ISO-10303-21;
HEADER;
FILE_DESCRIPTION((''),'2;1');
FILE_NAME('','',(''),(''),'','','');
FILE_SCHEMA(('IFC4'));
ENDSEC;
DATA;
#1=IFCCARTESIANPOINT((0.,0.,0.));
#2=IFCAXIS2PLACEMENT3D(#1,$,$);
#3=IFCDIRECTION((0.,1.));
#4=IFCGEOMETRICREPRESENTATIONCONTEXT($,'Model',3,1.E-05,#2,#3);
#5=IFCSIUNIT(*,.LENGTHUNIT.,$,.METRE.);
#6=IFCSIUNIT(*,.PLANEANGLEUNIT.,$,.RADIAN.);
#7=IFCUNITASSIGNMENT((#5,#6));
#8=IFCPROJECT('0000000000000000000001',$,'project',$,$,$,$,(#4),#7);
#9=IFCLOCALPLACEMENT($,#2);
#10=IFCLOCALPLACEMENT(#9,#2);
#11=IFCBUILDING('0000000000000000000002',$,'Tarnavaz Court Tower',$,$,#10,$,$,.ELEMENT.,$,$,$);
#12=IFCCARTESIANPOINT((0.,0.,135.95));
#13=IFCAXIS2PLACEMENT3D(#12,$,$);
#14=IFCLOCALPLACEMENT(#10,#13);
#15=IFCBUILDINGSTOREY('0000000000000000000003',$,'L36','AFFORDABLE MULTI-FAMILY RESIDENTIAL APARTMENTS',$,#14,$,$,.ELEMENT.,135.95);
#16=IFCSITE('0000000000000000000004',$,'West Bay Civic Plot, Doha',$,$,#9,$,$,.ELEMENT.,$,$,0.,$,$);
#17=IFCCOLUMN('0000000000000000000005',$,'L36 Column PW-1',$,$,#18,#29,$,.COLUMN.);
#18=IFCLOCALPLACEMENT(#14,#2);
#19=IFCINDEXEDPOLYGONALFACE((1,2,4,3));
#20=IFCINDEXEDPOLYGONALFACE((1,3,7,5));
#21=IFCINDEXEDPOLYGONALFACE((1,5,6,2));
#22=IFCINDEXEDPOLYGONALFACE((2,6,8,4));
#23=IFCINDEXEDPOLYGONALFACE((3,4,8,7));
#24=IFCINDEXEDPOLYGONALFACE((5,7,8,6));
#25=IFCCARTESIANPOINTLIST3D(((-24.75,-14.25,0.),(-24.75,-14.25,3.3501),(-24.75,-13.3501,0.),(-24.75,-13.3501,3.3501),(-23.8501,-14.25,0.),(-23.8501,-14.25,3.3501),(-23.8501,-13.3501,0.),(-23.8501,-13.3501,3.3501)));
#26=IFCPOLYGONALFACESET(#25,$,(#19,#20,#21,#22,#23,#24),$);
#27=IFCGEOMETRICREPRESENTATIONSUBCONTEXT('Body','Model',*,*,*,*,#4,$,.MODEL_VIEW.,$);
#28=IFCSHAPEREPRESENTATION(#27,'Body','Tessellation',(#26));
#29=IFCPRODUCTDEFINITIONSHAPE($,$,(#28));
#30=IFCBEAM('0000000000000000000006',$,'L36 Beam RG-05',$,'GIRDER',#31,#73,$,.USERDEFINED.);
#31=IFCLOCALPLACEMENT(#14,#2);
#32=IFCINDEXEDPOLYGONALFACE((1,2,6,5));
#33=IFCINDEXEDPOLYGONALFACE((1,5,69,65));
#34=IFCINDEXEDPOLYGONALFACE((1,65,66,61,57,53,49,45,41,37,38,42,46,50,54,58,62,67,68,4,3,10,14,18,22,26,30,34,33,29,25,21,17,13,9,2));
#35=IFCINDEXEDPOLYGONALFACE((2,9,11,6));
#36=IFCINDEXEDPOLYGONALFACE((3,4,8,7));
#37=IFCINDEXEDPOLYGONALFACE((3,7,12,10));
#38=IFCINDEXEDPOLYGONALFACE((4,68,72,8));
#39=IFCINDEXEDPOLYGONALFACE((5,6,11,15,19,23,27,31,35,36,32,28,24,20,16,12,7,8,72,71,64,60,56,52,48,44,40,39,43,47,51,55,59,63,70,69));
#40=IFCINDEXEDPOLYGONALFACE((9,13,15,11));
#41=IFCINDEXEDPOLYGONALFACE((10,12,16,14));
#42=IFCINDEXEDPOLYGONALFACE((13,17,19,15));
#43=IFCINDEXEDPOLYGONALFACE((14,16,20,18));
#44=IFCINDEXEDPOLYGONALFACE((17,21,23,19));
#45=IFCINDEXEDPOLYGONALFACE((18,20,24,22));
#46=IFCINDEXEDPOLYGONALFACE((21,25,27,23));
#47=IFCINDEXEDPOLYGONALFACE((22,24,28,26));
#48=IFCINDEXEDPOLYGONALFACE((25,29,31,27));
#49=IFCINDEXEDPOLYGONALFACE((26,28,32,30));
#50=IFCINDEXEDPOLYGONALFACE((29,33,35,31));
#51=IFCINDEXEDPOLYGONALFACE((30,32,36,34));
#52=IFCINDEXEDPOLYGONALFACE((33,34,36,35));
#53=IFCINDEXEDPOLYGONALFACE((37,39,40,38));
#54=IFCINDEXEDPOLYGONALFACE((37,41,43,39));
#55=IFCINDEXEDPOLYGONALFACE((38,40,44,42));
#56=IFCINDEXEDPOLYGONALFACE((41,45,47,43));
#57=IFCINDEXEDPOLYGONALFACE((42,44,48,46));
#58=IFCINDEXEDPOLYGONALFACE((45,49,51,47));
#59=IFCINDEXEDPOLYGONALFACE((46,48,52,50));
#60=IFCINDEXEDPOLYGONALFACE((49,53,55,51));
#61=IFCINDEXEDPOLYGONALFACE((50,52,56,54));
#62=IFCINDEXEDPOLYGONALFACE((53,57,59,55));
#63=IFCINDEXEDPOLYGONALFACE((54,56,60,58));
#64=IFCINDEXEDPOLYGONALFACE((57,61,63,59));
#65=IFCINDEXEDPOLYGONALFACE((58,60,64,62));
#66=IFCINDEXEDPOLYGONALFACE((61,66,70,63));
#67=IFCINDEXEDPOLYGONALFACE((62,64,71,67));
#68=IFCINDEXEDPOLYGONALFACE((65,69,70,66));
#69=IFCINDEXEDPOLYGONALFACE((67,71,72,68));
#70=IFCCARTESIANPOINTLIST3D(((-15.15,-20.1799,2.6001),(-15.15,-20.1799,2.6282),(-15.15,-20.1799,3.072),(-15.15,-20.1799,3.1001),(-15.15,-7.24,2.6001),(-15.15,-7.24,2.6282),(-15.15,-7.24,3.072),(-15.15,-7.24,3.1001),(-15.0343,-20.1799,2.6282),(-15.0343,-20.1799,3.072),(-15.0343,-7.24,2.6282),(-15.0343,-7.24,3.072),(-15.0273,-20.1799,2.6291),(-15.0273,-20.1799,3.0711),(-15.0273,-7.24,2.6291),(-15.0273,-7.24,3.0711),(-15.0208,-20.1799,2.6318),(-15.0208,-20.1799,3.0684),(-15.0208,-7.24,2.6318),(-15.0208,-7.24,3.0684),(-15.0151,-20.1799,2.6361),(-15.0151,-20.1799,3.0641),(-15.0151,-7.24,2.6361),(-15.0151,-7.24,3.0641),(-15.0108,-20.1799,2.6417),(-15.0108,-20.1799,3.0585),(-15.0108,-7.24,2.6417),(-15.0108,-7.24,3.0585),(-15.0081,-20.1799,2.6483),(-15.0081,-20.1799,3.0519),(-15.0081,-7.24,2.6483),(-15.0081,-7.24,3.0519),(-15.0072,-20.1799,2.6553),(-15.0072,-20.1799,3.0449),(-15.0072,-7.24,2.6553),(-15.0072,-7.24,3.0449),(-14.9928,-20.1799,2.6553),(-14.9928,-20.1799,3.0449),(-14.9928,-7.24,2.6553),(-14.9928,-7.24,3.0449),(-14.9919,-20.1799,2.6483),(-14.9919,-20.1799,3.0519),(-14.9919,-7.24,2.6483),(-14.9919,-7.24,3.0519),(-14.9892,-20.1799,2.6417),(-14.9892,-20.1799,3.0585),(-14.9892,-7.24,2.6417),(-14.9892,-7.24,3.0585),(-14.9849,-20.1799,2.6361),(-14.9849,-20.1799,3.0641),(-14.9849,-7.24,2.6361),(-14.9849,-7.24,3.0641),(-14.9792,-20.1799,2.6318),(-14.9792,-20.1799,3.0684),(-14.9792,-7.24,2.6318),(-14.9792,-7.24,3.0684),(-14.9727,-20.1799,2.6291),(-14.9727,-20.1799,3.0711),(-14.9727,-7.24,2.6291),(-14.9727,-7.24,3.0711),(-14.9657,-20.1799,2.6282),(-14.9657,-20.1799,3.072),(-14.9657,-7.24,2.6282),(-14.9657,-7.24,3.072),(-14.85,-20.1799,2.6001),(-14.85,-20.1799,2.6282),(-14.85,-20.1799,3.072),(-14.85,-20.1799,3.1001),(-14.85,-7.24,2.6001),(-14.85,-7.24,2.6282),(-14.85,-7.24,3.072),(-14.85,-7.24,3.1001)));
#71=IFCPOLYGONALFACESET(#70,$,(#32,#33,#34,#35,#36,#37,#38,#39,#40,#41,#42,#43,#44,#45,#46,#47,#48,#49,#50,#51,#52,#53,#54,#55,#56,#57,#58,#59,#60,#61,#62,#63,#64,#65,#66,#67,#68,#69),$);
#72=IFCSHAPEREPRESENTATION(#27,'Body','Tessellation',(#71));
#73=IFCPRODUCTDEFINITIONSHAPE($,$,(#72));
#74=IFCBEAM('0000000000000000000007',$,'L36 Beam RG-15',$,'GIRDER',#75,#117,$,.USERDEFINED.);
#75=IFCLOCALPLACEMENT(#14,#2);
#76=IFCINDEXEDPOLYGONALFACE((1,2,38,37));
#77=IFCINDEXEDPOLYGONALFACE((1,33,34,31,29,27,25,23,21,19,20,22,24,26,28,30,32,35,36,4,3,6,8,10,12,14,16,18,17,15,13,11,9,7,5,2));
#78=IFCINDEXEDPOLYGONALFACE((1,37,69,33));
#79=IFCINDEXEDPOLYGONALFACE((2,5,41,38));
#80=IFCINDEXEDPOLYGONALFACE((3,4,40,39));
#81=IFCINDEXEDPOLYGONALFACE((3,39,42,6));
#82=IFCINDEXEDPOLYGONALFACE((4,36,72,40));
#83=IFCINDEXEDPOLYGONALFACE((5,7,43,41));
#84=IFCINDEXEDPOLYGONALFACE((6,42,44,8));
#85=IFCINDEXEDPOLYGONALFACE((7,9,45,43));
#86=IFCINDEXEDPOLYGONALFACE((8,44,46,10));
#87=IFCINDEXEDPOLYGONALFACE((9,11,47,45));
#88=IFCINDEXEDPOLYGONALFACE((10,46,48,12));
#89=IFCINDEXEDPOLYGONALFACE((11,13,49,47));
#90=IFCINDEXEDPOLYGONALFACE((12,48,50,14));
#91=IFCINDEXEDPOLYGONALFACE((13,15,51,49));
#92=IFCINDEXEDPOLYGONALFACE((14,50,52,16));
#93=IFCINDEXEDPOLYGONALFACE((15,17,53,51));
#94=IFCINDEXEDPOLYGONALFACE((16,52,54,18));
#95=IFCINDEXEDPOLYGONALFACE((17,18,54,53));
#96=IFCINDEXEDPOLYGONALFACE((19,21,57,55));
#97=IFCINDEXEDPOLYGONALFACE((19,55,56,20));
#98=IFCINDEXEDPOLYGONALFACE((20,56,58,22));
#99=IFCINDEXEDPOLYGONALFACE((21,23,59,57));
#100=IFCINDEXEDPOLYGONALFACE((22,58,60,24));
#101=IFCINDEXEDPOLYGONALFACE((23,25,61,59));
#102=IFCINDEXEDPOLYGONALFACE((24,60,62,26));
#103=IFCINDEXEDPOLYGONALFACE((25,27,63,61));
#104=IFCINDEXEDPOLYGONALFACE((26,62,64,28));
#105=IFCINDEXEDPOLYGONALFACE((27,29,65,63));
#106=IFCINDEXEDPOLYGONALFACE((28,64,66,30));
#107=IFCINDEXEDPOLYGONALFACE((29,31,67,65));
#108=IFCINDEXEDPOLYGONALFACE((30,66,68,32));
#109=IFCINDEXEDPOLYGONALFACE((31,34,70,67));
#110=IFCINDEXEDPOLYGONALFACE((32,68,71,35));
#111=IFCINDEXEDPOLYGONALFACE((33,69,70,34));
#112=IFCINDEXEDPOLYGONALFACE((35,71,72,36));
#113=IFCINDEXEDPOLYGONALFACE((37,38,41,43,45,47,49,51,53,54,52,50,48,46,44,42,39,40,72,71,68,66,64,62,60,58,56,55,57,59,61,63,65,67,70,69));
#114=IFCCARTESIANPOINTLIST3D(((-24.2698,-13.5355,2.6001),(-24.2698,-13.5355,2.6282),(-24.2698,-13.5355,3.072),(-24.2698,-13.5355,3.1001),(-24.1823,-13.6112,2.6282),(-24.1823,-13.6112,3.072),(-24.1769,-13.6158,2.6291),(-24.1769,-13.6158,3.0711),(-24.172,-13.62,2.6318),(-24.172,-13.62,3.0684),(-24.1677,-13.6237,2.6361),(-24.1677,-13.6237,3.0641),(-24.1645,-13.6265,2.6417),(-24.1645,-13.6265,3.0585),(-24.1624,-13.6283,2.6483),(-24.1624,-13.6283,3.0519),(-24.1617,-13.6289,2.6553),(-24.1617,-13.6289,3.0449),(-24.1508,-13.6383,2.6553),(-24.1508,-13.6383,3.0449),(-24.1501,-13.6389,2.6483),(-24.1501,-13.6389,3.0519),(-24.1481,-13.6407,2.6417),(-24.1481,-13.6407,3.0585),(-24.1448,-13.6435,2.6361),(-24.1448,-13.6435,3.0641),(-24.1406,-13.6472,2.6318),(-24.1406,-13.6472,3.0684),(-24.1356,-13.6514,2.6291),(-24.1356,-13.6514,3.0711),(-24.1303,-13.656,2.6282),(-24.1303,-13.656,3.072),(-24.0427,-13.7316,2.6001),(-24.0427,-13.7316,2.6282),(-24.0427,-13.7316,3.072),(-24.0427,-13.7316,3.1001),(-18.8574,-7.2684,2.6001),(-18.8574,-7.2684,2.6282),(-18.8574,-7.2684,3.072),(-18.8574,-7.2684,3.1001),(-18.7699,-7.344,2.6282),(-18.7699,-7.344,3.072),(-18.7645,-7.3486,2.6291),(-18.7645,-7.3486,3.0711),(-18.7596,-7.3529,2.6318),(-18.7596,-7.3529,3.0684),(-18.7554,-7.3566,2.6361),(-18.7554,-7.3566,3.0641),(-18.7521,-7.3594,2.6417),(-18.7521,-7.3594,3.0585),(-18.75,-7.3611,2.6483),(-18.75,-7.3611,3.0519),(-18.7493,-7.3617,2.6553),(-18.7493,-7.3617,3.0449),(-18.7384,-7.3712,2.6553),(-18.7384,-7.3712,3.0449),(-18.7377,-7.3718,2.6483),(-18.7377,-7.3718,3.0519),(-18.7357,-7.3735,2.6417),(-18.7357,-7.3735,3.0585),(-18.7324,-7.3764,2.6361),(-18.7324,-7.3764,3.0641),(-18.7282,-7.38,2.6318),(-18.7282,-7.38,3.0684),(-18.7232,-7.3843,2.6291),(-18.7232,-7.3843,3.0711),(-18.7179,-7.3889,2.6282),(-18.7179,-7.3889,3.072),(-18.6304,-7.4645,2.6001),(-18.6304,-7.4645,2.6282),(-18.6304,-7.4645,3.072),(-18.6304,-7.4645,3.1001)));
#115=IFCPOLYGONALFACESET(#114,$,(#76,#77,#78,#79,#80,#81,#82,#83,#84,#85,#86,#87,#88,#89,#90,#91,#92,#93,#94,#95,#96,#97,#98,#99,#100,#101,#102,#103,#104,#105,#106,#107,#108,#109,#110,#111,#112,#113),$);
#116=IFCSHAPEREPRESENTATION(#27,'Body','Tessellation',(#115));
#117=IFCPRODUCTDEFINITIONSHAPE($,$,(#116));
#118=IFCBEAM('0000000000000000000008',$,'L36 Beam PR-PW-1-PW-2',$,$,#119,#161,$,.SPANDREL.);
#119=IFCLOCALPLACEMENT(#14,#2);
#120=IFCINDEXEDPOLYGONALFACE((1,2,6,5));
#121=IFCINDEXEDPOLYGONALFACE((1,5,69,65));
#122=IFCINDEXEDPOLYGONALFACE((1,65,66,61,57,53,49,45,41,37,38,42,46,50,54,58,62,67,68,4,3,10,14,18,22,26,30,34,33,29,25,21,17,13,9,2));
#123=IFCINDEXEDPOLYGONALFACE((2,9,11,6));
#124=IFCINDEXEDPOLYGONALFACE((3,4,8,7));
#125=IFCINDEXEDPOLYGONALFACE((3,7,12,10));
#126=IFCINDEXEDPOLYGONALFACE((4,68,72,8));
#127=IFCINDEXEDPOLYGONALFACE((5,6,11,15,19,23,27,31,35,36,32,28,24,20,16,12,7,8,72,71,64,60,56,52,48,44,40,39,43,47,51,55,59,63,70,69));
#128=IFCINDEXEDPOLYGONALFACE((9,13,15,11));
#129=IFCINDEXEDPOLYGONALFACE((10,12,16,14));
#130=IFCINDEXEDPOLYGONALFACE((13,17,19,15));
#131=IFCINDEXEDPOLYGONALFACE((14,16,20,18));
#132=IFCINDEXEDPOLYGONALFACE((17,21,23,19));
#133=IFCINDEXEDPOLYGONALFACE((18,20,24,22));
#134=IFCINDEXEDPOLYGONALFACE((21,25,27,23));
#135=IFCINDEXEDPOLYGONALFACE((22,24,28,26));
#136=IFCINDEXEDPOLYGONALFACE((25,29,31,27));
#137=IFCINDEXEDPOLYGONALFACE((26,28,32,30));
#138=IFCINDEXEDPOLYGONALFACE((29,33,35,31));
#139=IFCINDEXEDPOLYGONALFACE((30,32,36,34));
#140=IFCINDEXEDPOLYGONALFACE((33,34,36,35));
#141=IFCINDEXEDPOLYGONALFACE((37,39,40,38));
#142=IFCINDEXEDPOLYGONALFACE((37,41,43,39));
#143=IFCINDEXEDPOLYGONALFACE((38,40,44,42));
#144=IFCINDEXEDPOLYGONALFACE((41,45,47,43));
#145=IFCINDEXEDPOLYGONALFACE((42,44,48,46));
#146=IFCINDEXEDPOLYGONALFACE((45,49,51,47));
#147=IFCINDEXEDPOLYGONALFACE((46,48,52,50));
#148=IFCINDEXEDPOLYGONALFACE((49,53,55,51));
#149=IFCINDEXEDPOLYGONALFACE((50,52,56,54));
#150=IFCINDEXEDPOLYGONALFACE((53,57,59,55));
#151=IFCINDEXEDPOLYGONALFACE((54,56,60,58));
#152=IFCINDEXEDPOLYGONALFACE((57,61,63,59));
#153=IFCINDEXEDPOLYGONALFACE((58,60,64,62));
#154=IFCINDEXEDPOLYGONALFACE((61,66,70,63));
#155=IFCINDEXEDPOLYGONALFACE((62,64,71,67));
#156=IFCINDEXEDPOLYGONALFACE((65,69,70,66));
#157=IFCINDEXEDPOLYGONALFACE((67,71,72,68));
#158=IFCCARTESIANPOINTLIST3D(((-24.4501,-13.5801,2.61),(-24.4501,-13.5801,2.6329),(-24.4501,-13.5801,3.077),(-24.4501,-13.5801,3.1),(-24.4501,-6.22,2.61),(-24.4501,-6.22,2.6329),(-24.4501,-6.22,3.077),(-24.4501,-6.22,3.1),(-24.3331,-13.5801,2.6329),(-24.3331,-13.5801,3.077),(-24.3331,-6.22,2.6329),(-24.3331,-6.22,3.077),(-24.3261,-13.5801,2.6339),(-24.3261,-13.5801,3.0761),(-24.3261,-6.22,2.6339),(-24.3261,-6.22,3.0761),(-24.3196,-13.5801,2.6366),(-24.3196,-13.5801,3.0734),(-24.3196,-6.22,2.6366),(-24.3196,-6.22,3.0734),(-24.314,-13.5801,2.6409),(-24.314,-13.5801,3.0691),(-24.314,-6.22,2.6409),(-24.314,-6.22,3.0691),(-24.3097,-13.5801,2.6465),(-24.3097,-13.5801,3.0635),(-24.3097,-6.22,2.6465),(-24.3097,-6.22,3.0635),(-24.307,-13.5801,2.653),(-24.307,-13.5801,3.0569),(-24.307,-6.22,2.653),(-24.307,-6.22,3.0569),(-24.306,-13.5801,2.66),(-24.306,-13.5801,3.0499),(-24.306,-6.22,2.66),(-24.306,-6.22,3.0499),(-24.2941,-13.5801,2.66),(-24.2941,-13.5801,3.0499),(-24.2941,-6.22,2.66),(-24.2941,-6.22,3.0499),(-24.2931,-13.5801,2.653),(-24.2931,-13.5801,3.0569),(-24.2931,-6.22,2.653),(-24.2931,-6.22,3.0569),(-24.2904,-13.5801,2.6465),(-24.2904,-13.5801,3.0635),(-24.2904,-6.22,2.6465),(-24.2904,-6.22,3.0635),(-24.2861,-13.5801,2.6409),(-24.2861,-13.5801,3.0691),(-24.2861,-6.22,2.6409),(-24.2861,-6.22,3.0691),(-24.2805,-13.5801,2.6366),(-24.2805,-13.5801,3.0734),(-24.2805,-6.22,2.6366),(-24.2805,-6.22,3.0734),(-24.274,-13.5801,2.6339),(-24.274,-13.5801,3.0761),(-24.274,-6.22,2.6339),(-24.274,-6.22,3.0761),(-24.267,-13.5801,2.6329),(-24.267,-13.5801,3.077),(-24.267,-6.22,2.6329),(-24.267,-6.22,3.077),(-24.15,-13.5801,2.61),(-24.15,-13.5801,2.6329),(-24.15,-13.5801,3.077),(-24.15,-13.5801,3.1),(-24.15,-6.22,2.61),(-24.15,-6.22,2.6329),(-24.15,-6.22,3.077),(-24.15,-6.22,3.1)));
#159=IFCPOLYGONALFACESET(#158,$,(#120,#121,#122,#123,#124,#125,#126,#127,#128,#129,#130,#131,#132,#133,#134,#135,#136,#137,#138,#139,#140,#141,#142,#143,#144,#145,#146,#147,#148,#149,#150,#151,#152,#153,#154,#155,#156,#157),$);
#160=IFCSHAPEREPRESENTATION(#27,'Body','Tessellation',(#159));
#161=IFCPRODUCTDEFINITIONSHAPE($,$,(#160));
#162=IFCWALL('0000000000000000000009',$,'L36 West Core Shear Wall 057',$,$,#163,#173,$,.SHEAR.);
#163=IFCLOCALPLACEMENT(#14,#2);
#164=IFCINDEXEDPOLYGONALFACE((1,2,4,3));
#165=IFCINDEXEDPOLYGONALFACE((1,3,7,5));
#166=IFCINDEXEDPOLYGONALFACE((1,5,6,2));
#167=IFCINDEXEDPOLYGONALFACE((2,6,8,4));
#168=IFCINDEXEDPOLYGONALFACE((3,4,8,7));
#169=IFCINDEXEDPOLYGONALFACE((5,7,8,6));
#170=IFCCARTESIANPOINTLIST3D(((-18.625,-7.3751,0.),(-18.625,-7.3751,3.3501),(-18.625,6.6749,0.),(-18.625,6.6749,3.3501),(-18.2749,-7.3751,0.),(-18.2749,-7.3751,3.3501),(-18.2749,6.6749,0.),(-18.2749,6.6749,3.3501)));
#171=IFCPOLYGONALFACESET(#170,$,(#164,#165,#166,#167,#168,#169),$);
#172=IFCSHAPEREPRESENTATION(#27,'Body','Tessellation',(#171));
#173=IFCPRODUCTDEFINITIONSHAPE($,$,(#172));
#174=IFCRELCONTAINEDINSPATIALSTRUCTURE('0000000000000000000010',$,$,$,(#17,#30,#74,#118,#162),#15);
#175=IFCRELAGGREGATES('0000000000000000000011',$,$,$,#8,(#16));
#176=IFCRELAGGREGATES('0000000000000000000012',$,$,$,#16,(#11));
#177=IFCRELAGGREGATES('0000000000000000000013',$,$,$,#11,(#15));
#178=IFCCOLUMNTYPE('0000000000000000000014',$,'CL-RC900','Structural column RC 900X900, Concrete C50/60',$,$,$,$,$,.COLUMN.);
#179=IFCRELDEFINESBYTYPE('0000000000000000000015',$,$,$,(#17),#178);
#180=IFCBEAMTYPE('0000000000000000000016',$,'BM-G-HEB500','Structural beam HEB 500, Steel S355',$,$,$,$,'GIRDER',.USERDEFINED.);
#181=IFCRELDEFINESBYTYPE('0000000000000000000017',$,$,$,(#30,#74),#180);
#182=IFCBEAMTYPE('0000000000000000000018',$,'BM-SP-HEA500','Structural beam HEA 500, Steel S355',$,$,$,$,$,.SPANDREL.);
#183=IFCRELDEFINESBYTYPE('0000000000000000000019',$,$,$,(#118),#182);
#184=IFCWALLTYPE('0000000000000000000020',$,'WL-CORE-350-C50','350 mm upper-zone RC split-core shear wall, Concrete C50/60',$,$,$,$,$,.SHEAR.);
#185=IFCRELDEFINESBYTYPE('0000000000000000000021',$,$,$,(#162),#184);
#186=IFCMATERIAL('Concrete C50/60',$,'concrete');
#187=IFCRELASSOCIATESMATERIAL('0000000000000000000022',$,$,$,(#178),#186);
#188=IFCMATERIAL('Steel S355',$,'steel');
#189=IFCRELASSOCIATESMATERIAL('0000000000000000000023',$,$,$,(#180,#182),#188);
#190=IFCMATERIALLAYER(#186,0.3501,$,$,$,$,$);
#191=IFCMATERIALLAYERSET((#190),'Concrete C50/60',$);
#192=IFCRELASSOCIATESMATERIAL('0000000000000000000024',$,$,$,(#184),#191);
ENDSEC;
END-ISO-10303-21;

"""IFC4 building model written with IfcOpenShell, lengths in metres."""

from ifc_helpers import new_model, si_unit, direction, frame, frame_2d, origin, origin_2d, place, context, subcontext, project, spatial, rectangle, i_section, extrude, material, layer, layer_set, material_profile, profile_set, type_object, element, save


model = new_model("IFC4")

# Units and contexts
model_context = context("Model", 3, precision=1e-05, world=origin(), true_north=direction((0.0, 1.0)))
body_context = subcontext(model_context, "Body", "Model", "MODEL_VIEW")
ifc_project = project(units=[si_unit("LENGTHUNIT", "METRE"), si_unit("PLANEANGLEUNIT", "RADIAN")], contexts=[model_context])

# Site, building, storey
site_placement = place(None, origin())
site = spatial("IfcSite", under=ifc_project, at=site_placement, Name="West Bay Civic Plot, Doha", CompositionType="ELEMENT", RefElevation=0.0)
building_placement = place(site_placement, origin())
building = spatial("IfcBuilding", under=site, at=building_placement, Name="Tarnavaz Court Tower", CompositionType="ELEMENT")
storey_placement = place(building_placement, frame((0.0, 0.0, 135.95)))
storey = spatial("IfcBuildingStorey", under=building, at=storey_placement, Name="L36", Description="AFFORDABLE MULTI-FAMILY RESIDENTIAL APARTMENTS", CompositionType="ELEMENT", Elevation=135.95)

# Column
ifc_material_1 = material(Name="Concrete C50/60", Category="concrete")
ifc_material_profile_1 = material_profile(ifc_material_1, rectangle(XDim=0.8999, YDim=0.8999, at=origin_2d()), Name="RC 900X900")
ifc_profile_set_1 = profile_set([ifc_material_profile_1], Name="Concrete C50/60")
column_type = type_object("IfcColumnType", Name="CL-RC900", Description="Structural column RC 900X900, Concrete C50/60", PredefinedType="COLUMN", material=ifc_profile_set_1)
column_placement = place(storey_placement, frame((-24.3, -13.8, 0.0), z_axis=(0.0, 0.0, 1.0), x_axis=(1.0, 0.0, 0.0)))
element("IfcColumn", 1, at=column_placement, inside=storey, type_object=column_type, Name="L36 Column PW-1", PredefinedType="COLUMN", context=body_context, shape_type="SweptSolid", body=[
    extrude(rectangle(XDim=0.8999, YDim=0.8999, at=origin_2d()), origin(), (0.0, 0.0, 1.0), 3.3501),
])

# Beams
ifc_material_2 = material(Name="Steel S355", Category="steel")
ifc_material_profile_2 = material_profile(ifc_material_2, i_section(OverallWidth=0.3, OverallDepth=0.5, WebThickness=0.0144, FlangeThickness=0.0281, FilletRadius=0.0271, at=origin_2d()), Name="HEB 500")
ifc_profile_set_2 = profile_set([ifc_material_profile_2], Name="Steel S355")
beam_type_1 = type_object("IfcBeamType", Name="BM-G-HEB500", Description="Structural beam HEB 500, Steel S355", ElementType="GIRDER", PredefinedType="USERDEFINED", material=ifc_profile_set_2)
beam_1_placement = place(storey_placement, frame((-15.0, -7.24, 2.8501), z_axis=(0.0, -1.0, 0.0), x_axis=(1.0, 0.0, 0.0)))
element("IfcBeam", 2, at=beam_1_placement, inside=storey, type_object=beam_type_1, Name="L36 Beam RG-05", ObjectType="GIRDER", PredefinedType="USERDEFINED", context=body_context, shape_type="SweptSolid", body=[
    extrude(i_section(OverallWidth=0.3, OverallDepth=0.5, WebThickness=0.0144, FlangeThickness=0.0281, FilletRadius=0.0271, at=origin_2d()), origin(), (0.0, 0.0, 1.0), 12.9399),
])
beam_2_placement = place(storey_placement, frame((-18.7439, -7.3665, 2.8501), z_axis=(-0.653611, -0.756831, 0.0), x_axis=(0.756831, -0.653611, 0.0)))
element("IfcBeam", 3, at=beam_2_placement, inside=storey, type_object=beam_type_1, Name="L36 Beam RG-15", ObjectType="GIRDER", PredefinedType="USERDEFINED", context=body_context, shape_type="SweptSolid", body=[
    extrude(i_section(OverallWidth=0.3, OverallDepth=0.5, WebThickness=0.0144, FlangeThickness=0.0281, FilletRadius=0.0271, at=origin_2d()), origin(), (0.0, 0.0, 1.0), 8.2808),
])
ifc_material_profile_3 = material_profile(ifc_material_2, i_section(OverallWidth=0.3, OverallDepth=0.49, WebThickness=0.012, FlangeThickness=0.0229, FilletRadius=0.0271, at=origin_2d()), Name="HEA 500")
ifc_profile_set_3 = profile_set([ifc_material_profile_3], Name="Steel S355")
beam_type_2 = type_object("IfcBeamType", Name="BM-SP-HEA500", Description="Structural beam HEA 500, Steel S355", PredefinedType="SPANDREL", material=ifc_profile_set_3)
beam_3_placement = place(storey_placement, frame((-24.3, -13.5801, 2.855), z_axis=(0.0, 1.0, 0.0), x_axis=(-1.0, 0.0, 0.0)))
element("IfcBeam", 4, at=beam_3_placement, inside=storey, type_object=beam_type_2, Name="L36 Beam PR-PW-1-PW-2", PredefinedType="SPANDREL", context=body_context, shape_type="SweptSolid", body=[
    extrude(i_section(OverallWidth=0.3, OverallDepth=0.49, WebThickness=0.012, FlangeThickness=0.0229, FilletRadius=0.0271, at=origin_2d()), origin(), (0.0, 0.0, 1.0), 7.3601),
])

# Wall
ifc_layer_1 = layer(ifc_material_1, 0.3501)
ifc_layer_set_1 = layer_set([ifc_layer_1], Name="Concrete C50/60")
wall_type_1 = type_object("IfcWallType", Name="WL-CORE-350-C50", Description="350 mm upper-zone RC split-core shear wall, Concrete C50/60", PredefinedType="SHEAR", material=ifc_layer_set_1)
wall_1_placement = place(storey_placement, frame((-18.45, -7.375, 0.0), z_axis=(0.0, 0.0, 1.0), x_axis=(0.0, 1.0, 0.0)))
element("IfcWall", 5, at=wall_1_placement, inside=storey, type_object=wall_type_1, Name="L36 West Core Shear Wall 057", PredefinedType="SHEAR", context=body_context, shape_type="SweptSolid", body=[
    extrude(rectangle(XDim=14.05, YDim=0.3501, at=frame_2d((7.0249, 0.0))), origin(), (0.0, 0.0, 1.0), 3.3501),
])

save(model, "model.ifc")
